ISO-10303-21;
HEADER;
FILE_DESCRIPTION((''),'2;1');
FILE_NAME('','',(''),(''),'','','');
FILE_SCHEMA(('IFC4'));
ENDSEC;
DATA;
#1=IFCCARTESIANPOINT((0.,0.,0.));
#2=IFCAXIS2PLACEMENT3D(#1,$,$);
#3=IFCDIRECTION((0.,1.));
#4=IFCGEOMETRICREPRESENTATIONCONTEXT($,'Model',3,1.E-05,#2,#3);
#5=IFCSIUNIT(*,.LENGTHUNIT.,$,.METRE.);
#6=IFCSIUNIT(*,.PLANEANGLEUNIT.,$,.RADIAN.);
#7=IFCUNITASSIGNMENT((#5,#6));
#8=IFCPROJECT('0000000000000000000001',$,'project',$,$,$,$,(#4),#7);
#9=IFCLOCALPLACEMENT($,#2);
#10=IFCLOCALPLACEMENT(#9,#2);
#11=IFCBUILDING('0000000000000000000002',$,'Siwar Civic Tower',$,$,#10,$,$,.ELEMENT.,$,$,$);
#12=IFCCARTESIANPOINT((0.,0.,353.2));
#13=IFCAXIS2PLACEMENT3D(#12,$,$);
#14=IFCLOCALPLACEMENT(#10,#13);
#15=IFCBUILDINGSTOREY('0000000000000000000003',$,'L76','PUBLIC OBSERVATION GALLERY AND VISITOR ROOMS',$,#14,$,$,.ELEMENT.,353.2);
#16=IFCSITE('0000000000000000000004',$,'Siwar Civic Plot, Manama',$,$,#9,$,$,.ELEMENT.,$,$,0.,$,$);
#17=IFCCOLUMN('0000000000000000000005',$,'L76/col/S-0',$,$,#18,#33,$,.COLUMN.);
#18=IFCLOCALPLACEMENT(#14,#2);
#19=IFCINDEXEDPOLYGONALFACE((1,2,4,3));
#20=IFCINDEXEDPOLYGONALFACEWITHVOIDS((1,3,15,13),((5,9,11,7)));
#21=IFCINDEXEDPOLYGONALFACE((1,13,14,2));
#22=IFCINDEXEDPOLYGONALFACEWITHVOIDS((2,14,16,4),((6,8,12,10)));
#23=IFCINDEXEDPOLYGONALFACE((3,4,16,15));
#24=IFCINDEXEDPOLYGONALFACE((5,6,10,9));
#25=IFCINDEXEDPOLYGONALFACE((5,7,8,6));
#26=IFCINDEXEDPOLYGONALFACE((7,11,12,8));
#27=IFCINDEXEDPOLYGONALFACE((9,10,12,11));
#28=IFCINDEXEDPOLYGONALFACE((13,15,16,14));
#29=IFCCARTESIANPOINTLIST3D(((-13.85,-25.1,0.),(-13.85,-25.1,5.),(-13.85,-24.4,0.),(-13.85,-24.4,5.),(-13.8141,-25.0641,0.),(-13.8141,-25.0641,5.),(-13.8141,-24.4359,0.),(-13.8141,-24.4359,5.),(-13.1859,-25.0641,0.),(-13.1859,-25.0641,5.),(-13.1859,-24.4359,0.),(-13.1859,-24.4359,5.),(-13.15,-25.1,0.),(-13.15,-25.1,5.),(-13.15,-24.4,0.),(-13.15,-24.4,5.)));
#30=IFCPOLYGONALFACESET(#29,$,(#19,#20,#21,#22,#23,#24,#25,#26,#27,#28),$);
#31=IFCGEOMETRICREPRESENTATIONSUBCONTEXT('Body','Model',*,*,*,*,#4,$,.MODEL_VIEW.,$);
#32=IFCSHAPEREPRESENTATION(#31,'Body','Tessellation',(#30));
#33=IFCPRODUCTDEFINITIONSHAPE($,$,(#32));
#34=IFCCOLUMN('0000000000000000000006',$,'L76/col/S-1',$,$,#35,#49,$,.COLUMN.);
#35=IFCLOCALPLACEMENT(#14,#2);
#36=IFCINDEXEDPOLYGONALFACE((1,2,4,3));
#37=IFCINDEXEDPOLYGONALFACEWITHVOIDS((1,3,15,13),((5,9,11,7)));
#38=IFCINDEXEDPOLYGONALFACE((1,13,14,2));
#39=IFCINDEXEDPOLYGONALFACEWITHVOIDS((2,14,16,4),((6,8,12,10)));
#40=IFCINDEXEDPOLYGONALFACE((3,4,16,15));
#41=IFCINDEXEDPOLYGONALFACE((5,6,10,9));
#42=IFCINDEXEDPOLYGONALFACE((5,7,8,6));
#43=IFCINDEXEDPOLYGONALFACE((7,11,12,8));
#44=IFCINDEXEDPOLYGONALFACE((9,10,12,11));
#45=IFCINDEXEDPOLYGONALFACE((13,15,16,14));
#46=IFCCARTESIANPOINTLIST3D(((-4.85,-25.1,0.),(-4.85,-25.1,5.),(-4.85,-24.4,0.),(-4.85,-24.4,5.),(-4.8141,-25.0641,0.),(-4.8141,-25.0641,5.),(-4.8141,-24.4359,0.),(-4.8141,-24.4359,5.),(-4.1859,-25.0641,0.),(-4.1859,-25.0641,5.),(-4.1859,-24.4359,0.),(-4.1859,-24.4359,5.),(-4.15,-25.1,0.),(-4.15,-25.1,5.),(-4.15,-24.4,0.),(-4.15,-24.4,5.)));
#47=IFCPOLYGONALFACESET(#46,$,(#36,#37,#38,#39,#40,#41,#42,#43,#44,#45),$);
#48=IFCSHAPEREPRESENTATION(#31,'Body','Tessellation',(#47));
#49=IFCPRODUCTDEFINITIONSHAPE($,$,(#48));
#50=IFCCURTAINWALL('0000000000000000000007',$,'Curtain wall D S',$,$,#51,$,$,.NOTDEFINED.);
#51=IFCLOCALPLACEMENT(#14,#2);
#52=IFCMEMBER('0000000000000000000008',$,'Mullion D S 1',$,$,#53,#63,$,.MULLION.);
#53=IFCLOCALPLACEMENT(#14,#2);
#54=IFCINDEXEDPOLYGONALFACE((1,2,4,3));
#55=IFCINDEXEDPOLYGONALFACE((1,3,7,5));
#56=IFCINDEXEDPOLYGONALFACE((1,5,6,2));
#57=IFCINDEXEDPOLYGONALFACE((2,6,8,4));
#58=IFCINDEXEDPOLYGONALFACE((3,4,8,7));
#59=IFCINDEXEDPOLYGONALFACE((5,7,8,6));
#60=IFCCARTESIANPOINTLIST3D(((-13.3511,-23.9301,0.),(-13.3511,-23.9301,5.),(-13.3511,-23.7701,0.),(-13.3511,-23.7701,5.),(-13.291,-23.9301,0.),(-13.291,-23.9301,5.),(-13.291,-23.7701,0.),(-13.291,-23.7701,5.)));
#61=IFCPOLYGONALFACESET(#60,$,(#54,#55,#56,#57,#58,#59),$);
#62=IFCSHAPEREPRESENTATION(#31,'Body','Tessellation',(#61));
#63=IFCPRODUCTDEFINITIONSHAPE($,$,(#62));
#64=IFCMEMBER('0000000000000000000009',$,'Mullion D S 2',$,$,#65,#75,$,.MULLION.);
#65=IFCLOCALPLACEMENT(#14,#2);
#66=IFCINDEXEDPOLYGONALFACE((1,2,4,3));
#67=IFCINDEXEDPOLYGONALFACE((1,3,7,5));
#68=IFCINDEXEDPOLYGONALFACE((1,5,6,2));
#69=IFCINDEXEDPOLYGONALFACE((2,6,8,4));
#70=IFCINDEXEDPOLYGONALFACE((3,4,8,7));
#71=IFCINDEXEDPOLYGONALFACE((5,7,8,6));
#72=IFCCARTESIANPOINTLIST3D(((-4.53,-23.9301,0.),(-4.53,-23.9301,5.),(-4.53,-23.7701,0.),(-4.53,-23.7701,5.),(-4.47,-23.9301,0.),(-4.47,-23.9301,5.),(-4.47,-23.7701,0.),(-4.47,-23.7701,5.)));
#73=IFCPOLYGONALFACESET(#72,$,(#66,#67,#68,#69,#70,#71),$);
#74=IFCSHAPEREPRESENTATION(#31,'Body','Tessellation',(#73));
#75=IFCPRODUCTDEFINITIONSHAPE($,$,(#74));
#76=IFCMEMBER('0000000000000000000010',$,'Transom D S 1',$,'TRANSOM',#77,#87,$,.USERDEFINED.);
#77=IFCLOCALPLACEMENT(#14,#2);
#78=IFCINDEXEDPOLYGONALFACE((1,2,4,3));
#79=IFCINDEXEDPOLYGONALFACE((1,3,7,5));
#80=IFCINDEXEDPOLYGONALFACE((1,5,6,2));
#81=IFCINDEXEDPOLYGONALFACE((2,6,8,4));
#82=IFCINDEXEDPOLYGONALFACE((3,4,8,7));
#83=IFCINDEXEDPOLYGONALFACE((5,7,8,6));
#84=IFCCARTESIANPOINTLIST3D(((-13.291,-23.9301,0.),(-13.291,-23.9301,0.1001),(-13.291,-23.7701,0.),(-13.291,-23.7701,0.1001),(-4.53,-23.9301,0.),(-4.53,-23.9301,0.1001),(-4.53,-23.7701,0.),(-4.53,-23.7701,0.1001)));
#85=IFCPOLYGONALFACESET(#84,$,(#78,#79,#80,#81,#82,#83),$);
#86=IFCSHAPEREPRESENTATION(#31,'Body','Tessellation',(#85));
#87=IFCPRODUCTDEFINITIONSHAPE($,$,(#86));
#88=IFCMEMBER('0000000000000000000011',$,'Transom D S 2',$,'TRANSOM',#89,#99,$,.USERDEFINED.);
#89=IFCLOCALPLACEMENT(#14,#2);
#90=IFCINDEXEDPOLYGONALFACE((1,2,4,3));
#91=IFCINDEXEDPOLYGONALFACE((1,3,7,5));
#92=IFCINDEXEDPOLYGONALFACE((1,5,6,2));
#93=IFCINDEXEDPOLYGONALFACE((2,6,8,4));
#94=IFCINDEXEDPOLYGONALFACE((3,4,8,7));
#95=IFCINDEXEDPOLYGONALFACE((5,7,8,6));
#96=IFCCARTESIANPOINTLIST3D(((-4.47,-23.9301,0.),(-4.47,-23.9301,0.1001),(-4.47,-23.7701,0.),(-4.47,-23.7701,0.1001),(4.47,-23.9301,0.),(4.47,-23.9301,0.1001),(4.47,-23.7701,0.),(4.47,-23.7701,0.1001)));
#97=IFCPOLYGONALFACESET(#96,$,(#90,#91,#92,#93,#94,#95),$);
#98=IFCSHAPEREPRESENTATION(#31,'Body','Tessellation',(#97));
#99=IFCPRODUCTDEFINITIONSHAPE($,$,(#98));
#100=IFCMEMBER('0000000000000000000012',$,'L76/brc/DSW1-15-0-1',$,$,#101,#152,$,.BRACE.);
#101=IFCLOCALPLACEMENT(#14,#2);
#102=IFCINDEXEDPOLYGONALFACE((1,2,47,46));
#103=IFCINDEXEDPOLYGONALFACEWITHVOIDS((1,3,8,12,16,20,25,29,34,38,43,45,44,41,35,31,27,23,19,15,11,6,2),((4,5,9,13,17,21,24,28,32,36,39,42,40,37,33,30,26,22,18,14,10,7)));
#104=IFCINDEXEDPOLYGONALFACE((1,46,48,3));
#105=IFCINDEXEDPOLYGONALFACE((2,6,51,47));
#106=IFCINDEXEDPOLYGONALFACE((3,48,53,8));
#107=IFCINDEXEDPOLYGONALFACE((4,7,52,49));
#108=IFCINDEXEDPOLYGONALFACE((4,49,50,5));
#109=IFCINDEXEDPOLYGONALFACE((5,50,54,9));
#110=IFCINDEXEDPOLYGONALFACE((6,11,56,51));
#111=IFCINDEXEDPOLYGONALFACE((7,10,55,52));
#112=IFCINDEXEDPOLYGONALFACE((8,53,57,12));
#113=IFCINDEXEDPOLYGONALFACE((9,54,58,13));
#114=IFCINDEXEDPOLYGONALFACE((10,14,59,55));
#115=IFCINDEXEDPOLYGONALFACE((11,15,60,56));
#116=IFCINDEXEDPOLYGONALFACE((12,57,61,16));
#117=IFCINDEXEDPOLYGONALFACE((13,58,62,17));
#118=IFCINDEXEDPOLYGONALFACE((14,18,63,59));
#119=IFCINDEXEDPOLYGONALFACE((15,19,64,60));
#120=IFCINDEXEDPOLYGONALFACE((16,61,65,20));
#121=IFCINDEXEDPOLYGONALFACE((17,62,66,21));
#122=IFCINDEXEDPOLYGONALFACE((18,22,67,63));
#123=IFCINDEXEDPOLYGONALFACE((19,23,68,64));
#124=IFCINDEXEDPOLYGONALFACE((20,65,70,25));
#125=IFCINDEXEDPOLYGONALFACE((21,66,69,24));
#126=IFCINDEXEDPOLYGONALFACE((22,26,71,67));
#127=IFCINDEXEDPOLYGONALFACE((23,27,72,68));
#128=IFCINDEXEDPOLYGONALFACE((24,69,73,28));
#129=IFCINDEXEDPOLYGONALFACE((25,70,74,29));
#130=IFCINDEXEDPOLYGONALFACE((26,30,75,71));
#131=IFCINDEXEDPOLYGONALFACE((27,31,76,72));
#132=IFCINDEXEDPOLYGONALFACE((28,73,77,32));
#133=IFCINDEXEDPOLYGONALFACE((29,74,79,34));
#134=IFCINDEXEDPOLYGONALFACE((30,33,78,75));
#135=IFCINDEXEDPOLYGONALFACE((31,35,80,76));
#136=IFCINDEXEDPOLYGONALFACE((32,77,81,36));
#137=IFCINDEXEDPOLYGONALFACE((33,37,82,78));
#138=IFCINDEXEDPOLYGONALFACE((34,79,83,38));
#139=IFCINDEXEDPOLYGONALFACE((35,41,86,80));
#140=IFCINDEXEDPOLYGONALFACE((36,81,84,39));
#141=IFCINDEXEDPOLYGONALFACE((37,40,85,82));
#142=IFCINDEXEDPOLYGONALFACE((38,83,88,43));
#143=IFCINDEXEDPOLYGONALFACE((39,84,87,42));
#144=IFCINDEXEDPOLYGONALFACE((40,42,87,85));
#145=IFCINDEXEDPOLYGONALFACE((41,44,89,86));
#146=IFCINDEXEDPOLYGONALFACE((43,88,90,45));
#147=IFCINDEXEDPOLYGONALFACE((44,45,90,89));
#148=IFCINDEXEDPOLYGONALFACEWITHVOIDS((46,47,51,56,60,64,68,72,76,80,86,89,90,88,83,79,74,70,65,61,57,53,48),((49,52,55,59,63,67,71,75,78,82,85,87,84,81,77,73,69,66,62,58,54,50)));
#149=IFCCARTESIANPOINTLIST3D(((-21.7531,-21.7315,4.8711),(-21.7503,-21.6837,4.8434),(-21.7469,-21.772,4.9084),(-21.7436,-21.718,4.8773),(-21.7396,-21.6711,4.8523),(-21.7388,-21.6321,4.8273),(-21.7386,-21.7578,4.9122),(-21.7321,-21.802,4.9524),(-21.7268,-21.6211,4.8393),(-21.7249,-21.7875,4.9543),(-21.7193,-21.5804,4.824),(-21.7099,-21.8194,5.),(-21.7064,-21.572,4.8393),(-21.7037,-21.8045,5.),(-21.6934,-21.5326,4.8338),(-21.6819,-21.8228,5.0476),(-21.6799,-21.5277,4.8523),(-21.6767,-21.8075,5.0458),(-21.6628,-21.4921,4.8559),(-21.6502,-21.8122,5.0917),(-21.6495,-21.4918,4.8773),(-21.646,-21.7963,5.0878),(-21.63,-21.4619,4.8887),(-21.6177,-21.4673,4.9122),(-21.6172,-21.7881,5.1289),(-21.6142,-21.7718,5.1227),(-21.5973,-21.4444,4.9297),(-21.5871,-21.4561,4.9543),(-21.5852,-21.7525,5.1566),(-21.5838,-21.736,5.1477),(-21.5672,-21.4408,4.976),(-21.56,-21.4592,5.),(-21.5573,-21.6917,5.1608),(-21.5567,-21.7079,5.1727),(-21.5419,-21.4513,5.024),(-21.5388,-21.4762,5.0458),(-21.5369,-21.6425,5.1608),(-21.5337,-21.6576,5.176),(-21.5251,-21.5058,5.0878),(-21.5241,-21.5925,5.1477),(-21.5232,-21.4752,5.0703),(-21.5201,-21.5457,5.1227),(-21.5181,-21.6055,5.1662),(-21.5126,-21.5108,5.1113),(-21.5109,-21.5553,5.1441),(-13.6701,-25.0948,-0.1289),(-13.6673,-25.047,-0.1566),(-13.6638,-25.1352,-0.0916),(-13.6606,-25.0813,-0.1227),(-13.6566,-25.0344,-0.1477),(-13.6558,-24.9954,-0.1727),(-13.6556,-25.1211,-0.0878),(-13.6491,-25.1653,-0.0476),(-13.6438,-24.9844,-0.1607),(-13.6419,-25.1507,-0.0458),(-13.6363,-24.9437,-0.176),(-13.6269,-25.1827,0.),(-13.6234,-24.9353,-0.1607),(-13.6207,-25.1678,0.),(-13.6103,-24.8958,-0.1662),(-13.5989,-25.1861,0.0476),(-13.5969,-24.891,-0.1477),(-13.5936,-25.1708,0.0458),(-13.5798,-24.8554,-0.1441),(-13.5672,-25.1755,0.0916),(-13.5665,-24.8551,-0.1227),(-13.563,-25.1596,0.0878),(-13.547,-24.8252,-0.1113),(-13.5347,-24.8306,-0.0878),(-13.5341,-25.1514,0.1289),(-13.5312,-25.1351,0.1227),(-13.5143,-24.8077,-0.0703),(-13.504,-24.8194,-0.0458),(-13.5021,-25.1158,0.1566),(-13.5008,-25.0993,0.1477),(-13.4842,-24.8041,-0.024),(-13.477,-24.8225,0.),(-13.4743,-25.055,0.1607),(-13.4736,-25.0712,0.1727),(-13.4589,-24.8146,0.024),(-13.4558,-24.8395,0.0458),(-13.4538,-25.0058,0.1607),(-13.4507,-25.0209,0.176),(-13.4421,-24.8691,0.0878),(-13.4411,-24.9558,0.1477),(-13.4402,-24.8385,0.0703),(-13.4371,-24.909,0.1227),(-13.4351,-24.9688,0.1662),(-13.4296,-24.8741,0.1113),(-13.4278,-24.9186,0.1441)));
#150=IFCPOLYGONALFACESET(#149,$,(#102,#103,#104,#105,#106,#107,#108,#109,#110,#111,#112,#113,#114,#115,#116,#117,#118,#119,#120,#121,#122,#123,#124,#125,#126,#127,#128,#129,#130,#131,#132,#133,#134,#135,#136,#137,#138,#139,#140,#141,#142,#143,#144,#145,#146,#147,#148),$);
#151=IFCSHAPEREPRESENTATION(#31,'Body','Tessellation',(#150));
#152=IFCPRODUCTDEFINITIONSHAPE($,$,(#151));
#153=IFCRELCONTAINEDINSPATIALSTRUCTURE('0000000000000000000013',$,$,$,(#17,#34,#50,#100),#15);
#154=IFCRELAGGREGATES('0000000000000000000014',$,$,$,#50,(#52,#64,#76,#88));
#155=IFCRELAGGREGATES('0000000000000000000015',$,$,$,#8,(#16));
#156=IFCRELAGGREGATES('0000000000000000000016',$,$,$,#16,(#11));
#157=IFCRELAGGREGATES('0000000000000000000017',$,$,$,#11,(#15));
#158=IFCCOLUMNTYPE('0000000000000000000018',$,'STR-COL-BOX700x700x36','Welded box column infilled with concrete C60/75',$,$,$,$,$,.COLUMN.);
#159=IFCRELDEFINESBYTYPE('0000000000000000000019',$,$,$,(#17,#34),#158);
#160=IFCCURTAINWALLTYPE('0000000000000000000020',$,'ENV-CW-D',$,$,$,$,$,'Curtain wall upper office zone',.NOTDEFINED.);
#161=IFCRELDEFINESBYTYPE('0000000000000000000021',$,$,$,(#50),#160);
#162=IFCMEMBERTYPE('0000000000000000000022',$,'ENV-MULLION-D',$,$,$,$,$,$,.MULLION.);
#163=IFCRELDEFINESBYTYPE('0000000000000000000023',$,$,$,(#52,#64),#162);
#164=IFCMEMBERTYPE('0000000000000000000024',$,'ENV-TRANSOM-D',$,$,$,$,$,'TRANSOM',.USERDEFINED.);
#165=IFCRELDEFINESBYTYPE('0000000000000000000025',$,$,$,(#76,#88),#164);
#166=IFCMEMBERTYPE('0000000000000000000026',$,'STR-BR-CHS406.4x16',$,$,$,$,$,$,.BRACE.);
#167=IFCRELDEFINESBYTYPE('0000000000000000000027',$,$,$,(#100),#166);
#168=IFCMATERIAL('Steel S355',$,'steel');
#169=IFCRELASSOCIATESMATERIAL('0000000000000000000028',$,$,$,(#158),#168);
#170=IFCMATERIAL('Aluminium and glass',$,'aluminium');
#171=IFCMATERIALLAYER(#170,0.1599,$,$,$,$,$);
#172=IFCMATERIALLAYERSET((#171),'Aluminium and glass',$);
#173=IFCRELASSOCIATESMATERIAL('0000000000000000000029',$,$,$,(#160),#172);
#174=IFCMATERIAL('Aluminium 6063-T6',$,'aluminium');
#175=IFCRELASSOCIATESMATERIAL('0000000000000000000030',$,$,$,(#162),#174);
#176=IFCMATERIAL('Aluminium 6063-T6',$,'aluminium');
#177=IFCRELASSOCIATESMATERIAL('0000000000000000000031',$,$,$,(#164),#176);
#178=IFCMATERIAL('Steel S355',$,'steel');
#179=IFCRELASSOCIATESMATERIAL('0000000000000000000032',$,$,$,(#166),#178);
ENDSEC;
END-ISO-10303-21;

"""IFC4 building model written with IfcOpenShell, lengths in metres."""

from ifc_helpers import new_model, si_unit, direction, frame, origin, origin_2d, place, context, subcontext, project, spatial, rectangle, hollow_rectangle, hollow_circle, extrude, material, layer, layer_set, material_profile, profile_set, type_object, element, aggregate, save


model = new_model("IFC4")

# Units and contexts
model_context = context("Model", 3, precision=1e-05, world=origin(), true_north=direction((0.0, 1.0)))
body_context = subcontext(model_context, "Body", "Model", "MODEL_VIEW")
ifc_project = project(units=[si_unit("LENGTHUNIT", "METRE"), si_unit("PLANEANGLEUNIT", "RADIAN")], contexts=[model_context])

# Site, building, storey
site_placement = place(None, origin())
site = spatial("IfcSite", under=ifc_project, at=site_placement, Name="Siwar Civic Plot, Manama", CompositionType="ELEMENT", RefElevation=0.0)
building_placement = place(site_placement, origin())
building = spatial("IfcBuilding", under=site, at=building_placement, Name="Siwar Civic Tower", CompositionType="ELEMENT")
storey_placement = place(building_placement, frame((0.0, 0.0, 353.2)))
storey = spatial("IfcBuildingStorey", under=building, at=storey_placement, Name="L76", Description="PUBLIC OBSERVATION GALLERY AND VISITOR ROOMS", CompositionType="ELEMENT", Elevation=353.2)

# Columns
ifc_material_1 = material(Name="Steel S355", Category="steel")
ifc_material_profile_1 = material_profile(ifc_material_1, hollow_rectangle(XDim=0.7, YDim=0.7, WallThickness=0.0359, at=origin_2d()), Name="BOX700x700x36")
ifc_profile_set_1 = profile_set([ifc_material_profile_1], Name="Steel S355")
column_type = type_object("IfcColumnType", Name="STR-COL-BOX700x700x36", Description="Welded box column infilled with concrete C60/75", PredefinedType="COLUMN", material=ifc_profile_set_1)
for number, where, z_axis, x_axis, name in (
    (1, (-13.5, -24.75, 0.0), (0.0, 0.0, 1.0), (1.0, 0.0, 0.0), "L76/col/S-0"),
    (2, (-4.5, -24.75, 0.0), (0.0, 0.0, 1.0), (1.0, 0.0, 0.0), "L76/col/S-1"),
):
    element("IfcColumn", number, at=place(storey_placement, frame(where, z_axis=z_axis, x_axis=x_axis)), inside=storey, type_object=column_type, Name=name, PredefinedType="COLUMN", context=body_context, shape_type="SweptSolid", body=[
        extrude(hollow_rectangle(XDim=0.7, YDim=0.7, WallThickness=0.0359, at=origin_2d()), origin(), (0.0, 0.0, 1.0), 5.0),
    ])

# Curtain wall, members
ifc_material_2 = material(Name="Aluminium and glass", Category="aluminium")
ifc_layer_1 = layer(ifc_material_2, 0.1599)
ifc_layer_set_1 = layer_set([ifc_layer_1], Name="Aluminium and glass")
curtain_wall_type = type_object("IfcCurtainWallType", Name="ENV-CW-D", ElementType="Curtain wall upper office zone", PredefinedType="NOTDEFINED", material=ifc_layer_set_1)
curtain_wall_placement = place(storey_placement, origin())
curtain_wall = element("IfcCurtainWall", 3, at=curtain_wall_placement, inside=storey, type_object=curtain_wall_type, Name="Curtain wall D S", PredefinedType="NOTDEFINED")
ifc_material_3 = material(Name="Aluminium 6063-T6", Category="aluminium")
ifc_material_profile_2 = material_profile(ifc_material_3, rectangle(XDim=0.1599, YDim=0.0601, at=origin_2d()), Name="AL 160x60")
ifc_profile_set_2 = profile_set([ifc_material_profile_2], Name="Aluminium 6063-T6")
member_type_1 = type_object("IfcMemberType", Name="ENV-MULLION-D", PredefinedType="MULLION", material=ifc_profile_set_2)
member_1_placement = place(storey_placement, frame((-13.321, -23.8501, 0.0), z_axis=(0.0, 0.0, 1.0), x_axis=(0.0, 1.0, 0.0)))
member_1 = element("IfcMember", 4, at=member_1_placement, type_object=member_type_1, Name="Mullion D S 1", PredefinedType="MULLION", context=body_context, shape_type="SweptSolid", body=[
    extrude(rectangle(XDim=0.1599, YDim=0.0601, at=origin_2d()), origin(), (0.0, 0.0, 1.0), 5.0),
])
member_2_placement = place(storey_placement, frame((-4.5, -23.8501, 0.0), z_axis=(0.0, 0.0, 1.0), x_axis=(0.0, 1.0, 0.0)))
member_2 = element("IfcMember", 5, at=member_2_placement, type_object=member_type_1, Name="Mullion D S 2", PredefinedType="MULLION", context=body_context, shape_type="SweptSolid", body=[
    extrude(rectangle(XDim=0.1599, YDim=0.0601, at=origin_2d()), origin(), (0.0, 0.0, 1.0), 5.0),
])
ifc_material_4 = material(Name="Aluminium 6063-T6", Category="aluminium")
ifc_material_profile_3 = material_profile(ifc_material_4, rectangle(XDim=0.1599, YDim=0.1001, at=origin_2d()), Name="AL 160x100")
ifc_profile_set_3 = profile_set([ifc_material_profile_3], Name="Aluminium 6063-T6")
member_type_2 = type_object("IfcMemberType", Name="ENV-TRANSOM-D", ElementType="TRANSOM", PredefinedType="USERDEFINED", material=ifc_profile_set_3)
member_3_placement = place(storey_placement, frame((-13.291, -23.8501, 0.05), z_axis=(1.0, 0.0, 0.0), x_axis=(0.0, 1.0, 0.0)))
member_3 = element("IfcMember", 6, at=member_3_placement, type_object=member_type_2, Name="Transom D S 1", ObjectType="TRANSOM", PredefinedType="USERDEFINED", context=body_context, shape_type="SweptSolid", body=[
    extrude(rectangle(XDim=0.1599, YDim=0.1001, at=origin_2d()), origin(), (0.0, 0.0, 1.0), 8.761),
])
member_4_placement = place(storey_placement, frame((-4.47, -23.8501, 0.05), z_axis=(1.0, 0.0, 0.0), x_axis=(0.0, 1.0, 0.0)))
member_4 = element("IfcMember", 7, at=member_4_placement, type_object=member_type_2, Name="Transom D S 2", ObjectType="TRANSOM", PredefinedType="USERDEFINED", context=body_context, shape_type="SweptSolid", body=[
    extrude(rectangle(XDim=0.1599, YDim=0.1001, at=origin_2d()), origin(), (0.0, 0.0, 1.0), 8.9399),
])

# Member
ifc_material_5 = material(Name="Steel S355", Category="steel")
ifc_material_profile_4 = material_profile(ifc_material_5, hollow_circle(Radius=0.2031, WallThickness=0.0161, at=origin_2d()), Name="CHS406.4x16")
ifc_profile_set_4 = profile_set([ifc_material_profile_4], Name="Steel S355")
member_type_3 = type_object("IfcMemberType", Name="STR-BR-CHS406.4x16", PredefinedType="BRACE", material=ifc_profile_set_4)
member_5_placement = place(storey_placement, frame((-13.5488, -24.9951, 0.0), z_axis=(-0.801727, 0.333593, 0.495933), x_axis=(-0.384164, -0.923265, 0.0)))
element("IfcMember", 8, at=member_5_placement, inside=storey, type_object=member_type_3, Name="L76/brc/DSW1-15-0-1", PredefinedType="BRACE", context=body_context, shape_type="SweptSolid", body=[
    extrude(hollow_circle(Radius=0.2031, WallThickness=0.0161, at=origin_2d()), origin(), (0.0, 0.0, 1.0), 10.082),
])

aggregate(curtain_wall, [member_1, member_2, member_3, member_4])

save(model, "model.ifc")
